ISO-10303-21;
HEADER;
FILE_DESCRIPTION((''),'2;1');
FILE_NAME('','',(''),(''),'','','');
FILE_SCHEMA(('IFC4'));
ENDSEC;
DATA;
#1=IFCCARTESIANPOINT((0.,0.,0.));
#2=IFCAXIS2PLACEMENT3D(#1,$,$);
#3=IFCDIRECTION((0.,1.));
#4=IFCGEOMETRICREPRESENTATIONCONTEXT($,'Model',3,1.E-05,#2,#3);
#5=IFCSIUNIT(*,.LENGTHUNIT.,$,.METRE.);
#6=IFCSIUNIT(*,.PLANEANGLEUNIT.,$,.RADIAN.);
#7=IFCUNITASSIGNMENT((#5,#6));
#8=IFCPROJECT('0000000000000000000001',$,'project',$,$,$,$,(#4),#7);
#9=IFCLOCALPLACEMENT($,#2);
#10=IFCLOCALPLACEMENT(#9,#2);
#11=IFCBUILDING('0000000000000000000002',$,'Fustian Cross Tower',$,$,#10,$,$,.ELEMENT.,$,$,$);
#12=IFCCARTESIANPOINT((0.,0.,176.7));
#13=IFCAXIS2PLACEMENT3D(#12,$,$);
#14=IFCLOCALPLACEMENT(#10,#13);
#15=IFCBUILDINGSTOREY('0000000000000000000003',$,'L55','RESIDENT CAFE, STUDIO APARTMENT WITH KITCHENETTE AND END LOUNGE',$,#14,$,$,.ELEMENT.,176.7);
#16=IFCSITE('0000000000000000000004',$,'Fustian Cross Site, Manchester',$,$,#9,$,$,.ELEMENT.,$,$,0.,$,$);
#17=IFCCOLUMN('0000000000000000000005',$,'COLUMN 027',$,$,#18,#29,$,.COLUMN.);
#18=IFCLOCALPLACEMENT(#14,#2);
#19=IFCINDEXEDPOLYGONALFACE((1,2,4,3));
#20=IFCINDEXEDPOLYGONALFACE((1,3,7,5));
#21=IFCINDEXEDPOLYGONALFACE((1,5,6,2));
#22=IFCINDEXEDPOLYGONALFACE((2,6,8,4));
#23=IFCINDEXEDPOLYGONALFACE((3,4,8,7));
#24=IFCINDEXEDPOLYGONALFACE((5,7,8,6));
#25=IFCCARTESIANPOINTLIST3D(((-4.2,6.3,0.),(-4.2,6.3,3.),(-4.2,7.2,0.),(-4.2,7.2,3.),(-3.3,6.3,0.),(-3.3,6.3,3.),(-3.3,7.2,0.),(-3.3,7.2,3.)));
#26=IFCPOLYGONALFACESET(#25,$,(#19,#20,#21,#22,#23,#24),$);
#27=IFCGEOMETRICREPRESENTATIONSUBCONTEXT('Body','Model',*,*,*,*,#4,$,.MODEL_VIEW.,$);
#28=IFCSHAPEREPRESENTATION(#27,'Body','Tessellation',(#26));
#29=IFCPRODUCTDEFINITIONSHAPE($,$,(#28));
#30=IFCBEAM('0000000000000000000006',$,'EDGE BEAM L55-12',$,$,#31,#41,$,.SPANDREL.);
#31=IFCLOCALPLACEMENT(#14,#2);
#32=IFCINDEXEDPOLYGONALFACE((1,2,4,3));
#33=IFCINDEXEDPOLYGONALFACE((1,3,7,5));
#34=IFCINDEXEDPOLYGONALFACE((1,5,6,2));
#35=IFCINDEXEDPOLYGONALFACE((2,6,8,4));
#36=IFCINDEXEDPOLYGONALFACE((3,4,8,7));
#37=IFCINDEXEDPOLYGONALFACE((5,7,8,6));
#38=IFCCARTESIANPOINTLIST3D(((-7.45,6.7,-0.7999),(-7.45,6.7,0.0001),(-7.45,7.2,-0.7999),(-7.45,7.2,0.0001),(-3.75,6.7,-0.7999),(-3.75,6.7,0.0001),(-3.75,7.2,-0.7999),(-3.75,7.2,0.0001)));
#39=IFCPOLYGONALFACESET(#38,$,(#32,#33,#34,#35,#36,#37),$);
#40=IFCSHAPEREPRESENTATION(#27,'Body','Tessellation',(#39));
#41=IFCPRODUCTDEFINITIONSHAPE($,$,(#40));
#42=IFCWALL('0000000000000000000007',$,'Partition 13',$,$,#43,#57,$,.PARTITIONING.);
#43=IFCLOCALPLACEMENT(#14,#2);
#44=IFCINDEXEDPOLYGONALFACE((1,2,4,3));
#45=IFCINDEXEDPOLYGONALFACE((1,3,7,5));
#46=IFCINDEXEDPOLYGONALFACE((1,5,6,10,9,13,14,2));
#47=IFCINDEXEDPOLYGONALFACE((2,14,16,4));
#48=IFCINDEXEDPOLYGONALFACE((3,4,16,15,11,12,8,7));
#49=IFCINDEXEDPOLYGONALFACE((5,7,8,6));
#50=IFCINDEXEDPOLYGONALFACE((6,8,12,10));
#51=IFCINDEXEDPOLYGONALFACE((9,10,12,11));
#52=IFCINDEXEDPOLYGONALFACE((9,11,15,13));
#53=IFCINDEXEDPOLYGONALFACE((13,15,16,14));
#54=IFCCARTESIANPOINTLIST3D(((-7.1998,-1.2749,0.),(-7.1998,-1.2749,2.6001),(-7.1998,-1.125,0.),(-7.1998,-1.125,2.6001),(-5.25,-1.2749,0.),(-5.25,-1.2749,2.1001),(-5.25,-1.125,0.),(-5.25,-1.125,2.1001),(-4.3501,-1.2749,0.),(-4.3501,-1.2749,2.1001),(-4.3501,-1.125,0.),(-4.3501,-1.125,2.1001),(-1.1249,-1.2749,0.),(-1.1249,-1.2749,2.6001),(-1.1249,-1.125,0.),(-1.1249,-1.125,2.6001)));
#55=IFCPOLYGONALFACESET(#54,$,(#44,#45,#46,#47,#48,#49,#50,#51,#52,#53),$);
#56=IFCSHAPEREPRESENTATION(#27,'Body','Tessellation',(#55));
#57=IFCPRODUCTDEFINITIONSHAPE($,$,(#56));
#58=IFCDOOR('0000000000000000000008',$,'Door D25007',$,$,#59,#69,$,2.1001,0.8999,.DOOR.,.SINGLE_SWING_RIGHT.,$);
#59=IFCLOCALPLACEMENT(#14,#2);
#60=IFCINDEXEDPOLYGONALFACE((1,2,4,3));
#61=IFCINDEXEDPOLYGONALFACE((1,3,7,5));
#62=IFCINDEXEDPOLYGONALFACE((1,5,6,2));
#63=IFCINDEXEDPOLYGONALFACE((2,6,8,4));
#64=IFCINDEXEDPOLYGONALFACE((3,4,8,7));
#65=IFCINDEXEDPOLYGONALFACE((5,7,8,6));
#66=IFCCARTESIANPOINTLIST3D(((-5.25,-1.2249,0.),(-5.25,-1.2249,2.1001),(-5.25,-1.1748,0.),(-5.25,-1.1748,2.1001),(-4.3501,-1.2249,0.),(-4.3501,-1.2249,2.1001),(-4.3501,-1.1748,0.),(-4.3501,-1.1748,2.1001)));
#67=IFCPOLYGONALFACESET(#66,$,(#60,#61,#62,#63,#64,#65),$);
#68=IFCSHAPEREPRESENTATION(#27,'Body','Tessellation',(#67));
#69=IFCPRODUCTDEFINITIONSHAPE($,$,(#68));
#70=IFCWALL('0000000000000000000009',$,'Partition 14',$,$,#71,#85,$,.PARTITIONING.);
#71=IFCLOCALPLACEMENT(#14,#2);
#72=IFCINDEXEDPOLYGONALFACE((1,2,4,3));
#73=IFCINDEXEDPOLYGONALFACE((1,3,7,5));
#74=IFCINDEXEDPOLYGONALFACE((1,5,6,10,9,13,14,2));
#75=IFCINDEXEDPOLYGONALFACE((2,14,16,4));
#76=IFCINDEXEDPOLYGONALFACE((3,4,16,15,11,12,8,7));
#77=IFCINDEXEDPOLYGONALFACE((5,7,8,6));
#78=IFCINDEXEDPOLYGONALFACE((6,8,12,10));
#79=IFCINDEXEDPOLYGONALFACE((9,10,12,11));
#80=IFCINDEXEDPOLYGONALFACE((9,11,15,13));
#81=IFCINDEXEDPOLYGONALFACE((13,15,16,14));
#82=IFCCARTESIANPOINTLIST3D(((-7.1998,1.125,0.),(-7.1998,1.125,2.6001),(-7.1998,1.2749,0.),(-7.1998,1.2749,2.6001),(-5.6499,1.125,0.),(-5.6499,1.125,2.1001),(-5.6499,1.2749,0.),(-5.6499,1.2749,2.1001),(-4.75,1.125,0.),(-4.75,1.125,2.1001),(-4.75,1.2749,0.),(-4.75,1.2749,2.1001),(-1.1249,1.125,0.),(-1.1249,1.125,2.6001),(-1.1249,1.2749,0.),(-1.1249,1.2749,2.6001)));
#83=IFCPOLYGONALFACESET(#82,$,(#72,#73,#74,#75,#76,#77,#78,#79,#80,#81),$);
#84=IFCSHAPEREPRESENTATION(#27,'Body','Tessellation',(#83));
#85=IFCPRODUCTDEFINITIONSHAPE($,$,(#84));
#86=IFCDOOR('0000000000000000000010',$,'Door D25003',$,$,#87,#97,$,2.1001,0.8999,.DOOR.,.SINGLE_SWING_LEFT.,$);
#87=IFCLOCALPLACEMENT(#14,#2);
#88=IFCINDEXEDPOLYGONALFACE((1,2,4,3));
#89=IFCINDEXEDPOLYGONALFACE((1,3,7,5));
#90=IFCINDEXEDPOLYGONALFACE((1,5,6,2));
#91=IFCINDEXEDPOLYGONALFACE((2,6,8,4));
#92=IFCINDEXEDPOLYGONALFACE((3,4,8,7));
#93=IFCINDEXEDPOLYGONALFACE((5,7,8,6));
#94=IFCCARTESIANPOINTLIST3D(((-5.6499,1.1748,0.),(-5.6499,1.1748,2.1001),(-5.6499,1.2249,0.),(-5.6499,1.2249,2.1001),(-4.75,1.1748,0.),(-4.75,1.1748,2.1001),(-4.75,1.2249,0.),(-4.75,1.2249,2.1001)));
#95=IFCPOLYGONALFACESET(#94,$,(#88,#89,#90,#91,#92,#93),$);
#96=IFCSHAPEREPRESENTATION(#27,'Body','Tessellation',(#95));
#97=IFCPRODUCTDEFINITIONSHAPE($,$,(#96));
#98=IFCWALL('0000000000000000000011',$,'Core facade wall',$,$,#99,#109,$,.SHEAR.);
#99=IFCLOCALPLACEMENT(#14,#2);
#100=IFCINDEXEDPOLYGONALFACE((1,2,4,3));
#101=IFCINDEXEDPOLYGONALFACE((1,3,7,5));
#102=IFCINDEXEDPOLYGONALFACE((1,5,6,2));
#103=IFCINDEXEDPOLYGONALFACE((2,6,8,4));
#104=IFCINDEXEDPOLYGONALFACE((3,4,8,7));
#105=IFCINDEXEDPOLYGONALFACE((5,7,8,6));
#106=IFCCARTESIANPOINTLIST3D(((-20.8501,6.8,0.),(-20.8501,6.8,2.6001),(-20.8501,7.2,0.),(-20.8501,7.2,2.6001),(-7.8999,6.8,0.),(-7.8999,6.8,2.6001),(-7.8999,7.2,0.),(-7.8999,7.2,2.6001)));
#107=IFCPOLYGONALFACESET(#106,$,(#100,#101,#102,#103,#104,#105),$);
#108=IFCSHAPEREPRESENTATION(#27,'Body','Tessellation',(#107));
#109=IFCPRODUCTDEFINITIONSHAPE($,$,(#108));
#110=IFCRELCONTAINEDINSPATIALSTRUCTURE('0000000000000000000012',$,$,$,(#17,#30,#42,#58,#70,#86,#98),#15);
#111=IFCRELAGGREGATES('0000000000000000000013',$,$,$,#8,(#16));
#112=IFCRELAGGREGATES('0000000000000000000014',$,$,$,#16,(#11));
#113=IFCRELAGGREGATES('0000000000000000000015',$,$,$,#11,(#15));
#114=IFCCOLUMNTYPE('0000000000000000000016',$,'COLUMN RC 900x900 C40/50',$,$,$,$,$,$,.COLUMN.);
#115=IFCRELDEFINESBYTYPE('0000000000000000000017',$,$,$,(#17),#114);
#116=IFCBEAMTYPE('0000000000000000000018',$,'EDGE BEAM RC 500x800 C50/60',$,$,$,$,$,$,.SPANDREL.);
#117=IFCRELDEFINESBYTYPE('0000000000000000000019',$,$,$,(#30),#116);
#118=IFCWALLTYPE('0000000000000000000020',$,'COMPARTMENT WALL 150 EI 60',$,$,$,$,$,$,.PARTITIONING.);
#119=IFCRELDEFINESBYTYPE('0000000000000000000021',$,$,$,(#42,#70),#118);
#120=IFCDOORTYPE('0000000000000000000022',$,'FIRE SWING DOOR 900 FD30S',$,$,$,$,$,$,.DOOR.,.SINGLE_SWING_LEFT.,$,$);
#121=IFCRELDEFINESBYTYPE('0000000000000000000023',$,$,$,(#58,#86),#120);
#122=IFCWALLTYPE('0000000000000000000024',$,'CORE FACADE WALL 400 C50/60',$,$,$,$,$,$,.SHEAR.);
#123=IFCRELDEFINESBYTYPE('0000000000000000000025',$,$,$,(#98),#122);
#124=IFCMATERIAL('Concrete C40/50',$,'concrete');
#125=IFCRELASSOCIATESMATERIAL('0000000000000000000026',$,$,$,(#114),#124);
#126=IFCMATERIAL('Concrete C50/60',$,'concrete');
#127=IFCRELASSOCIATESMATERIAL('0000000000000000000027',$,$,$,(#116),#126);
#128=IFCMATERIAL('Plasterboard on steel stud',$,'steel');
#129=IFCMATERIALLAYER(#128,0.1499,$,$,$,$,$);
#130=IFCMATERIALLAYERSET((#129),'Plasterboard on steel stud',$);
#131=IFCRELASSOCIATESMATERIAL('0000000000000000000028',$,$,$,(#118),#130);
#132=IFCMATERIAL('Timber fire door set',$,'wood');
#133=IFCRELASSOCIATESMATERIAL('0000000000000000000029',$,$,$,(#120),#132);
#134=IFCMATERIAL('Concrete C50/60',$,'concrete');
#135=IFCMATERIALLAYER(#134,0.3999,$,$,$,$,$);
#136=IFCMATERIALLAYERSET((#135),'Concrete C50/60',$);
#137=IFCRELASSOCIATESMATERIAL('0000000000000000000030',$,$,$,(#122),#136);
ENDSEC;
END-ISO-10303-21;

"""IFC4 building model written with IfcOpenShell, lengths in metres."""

from ifc_helpers import new_model, si_unit, direction, frame, frame_2d, origin, origin_2d, place, context, subcontext, project, spatial, rectangle, extrude, material, layer, layer_set, material_profile, profile_set, type_object, element, fill, save


model = new_model("IFC4")

# Units and contexts
model_context = context("Model", 3, precision=1e-05, world=origin(), true_north=direction((0.0, 1.0)))
body_context = subcontext(model_context, "Body", "Model", "MODEL_VIEW")
ifc_project = project(units=[si_unit("LENGTHUNIT", "METRE"), si_unit("PLANEANGLEUNIT", "RADIAN")], contexts=[model_context])

# Site, building, storey
site_placement = place(None, origin())
site = spatial("IfcSite", under=ifc_project, at=site_placement, Name="Fustian Cross Site, Manchester", CompositionType="ELEMENT", RefElevation=0.0)
building_placement = place(site_placement, origin())
building = spatial("IfcBuilding", under=site, at=building_placement, Name="Fustian Cross Tower", CompositionType="ELEMENT")
storey_placement = place(building_placement, frame((0.0, 0.0, 176.7)))
storey = spatial("IfcBuildingStorey", under=building, at=storey_placement, Name="L55", Description="RESIDENT CAFE, STUDIO APARTMENT WITH KITCHENETTE AND END LOUNGE", CompositionType="ELEMENT", Elevation=176.7)

# Column
ifc_material_1 = material(Name="Concrete C40/50", Category="concrete")
ifc_material_profile_1 = material_profile(ifc_material_1, rectangle(XDim=0.8999, YDim=0.8999, at=origin_2d()), Name="RC 900x900")
ifc_profile_set_1 = profile_set([ifc_material_profile_1], Name="Concrete C40/50")
column_type = type_object("IfcColumnType", Name="COLUMN RC 900x900 C40/50", PredefinedType="COLUMN", material=ifc_profile_set_1)
column_placement = place(storey_placement, frame((-3.75, 6.75, 0.0), z_axis=(0.0, 0.0, 1.0), x_axis=(1.0, 0.0, 0.0)))
element("IfcColumn", 1, at=column_placement, inside=storey, type_object=column_type, Name="COLUMN 027", PredefinedType="COLUMN", context=body_context, shape_type="SweptSolid", body=[
    extrude(rectangle(XDim=0.8999, YDim=0.8999, at=origin_2d()), origin(), (0.0, 0.0, 1.0), 3.0),
])

# Beam
ifc_material_2 = material(Name="Concrete C50/60", Category="concrete")
ifc_material_profile_2 = material_profile(ifc_material_2, rectangle(XDim=0.5, YDim=0.8, at=origin_2d()), Name="RC 500x800")
ifc_profile_set_2 = profile_set([ifc_material_profile_2], Name="Concrete C50/60")
beam_type = type_object("IfcBeamType", Name="EDGE BEAM RC 500x800 C50/60", PredefinedType="SPANDREL", material=ifc_profile_set_2)
beam_placement = place(storey_placement, frame((-3.75, 6.95, -0.3999), z_axis=(-1.0, 0.0, 0.0), x_axis=(0.0, -1.0, 0.0)))
element("IfcBeam", 2, at=beam_placement, inside=storey, type_object=beam_type, Name="EDGE BEAM L55-12", PredefinedType="SPANDREL", context=body_context, shape_type="SweptSolid", body=[
    extrude(rectangle(XDim=0.5, YDim=0.8, at=origin_2d()), origin(), (0.0, 0.0, 1.0), 3.7),
])

# Walls, openings, doors
ifc_material_3 = material(Name="Plasterboard on steel stud", Category="steel")
ifc_layer_1 = layer(ifc_material_3, 0.1499)
ifc_layer_set_1 = layer_set([ifc_layer_1], Name="Plasterboard on steel stud")
wall_type_1 = type_object("IfcWallType", Name="COMPARTMENT WALL 150 EI 60", PredefinedType="PARTITIONING", material=ifc_layer_set_1)
wall_1_placement = place(storey_placement, frame((-7.2, -1.2, 0.0), z_axis=(0.0, 0.0, 1.0), x_axis=(1.0, 0.0, 0.0)))
wall_1 = element("IfcWall", 3, at=wall_1_placement, inside=storey, type_object=wall_type_1, Name="Partition 13", PredefinedType="PARTITIONING", context=body_context, shape_type="SweptSolid", body=[
    extrude(rectangle(XDim=6.075, YDim=0.1499, at=frame_2d((3.0376, 0.0))), origin(), (0.0, 0.0, 1.0), 2.6001),
])
opening_1_placement = place(wall_1_placement, frame((1.95, 0.0, 0.0)))
opening_1 = element("IfcOpeningElement", 4, at=opening_1_placement, cuts=wall_1, PredefinedType="OPENING", context=body_context, shape_type="SweptSolid", body=[
    extrude(rectangle(XDim=0.8999, YDim=2.1001, at=frame_2d((0.45, 1.05))), frame((0.0, 0.085, 0.0), z_axis=(0.0, -1.0, 0.0), x_axis=(1.0, 0.0, 0.0)), (0.0, 0.0, 1.0), 0.1699),
])
ifc_material_4 = material(Name="Timber fire door set", Category="wood")
door_type_1 = type_object("IfcDoorType", Name="FIRE SWING DOOR 900 FD30S", OperationType="SINGLE_SWING_LEFT", PredefinedType="DOOR", material=ifc_material_4)
door_1_placement = place(opening_1_placement, frame((0.8999, 0.0, 0.0), z_axis=(0.0, 0.0, 1.0), x_axis=(-1.0, 0.0, 0.0)))
door_1 = element("IfcDoor", 5, at=door_1_placement, inside=storey, type_object=door_type_1, Name="Door D25007", OperationType="SINGLE_SWING_RIGHT", OverallHeight=2.1001, OverallWidth=0.8999, PredefinedType="DOOR", context=body_context, shape_type="SweptSolid", body=[
    extrude(rectangle(XDim=0.8999, YDim=2.1001, at=frame_2d((0.45, 1.05))), frame((0.0, 0.0249, 0.0), z_axis=(0.0, -1.0, 0.0), x_axis=(1.0, 0.0, 0.0)), (0.0, 0.0, 1.0), 0.05),
])
fill(opening_1, door_1)
wall_2_placement = place(storey_placement, frame((-7.2, 1.2, 0.0), z_axis=(0.0, 0.0, 1.0), x_axis=(1.0, 0.0, 0.0)))
wall_2 = element("IfcWall", 6, at=wall_2_placement, inside=storey, type_object=wall_type_1, Name="Partition 14", PredefinedType="PARTITIONING", context=body_context, shape_type="SweptSolid", body=[
    extrude(rectangle(XDim=6.075, YDim=0.1499, at=frame_2d((3.0376, 0.0))), origin(), (0.0, 0.0, 1.0), 2.6001),
])
opening_2_placement = place(wall_2_placement, frame((1.55, 0.0, 0.0)))
opening_2 = element("IfcOpeningElement", 7, at=opening_2_placement, cuts=wall_2, PredefinedType="OPENING", context=body_context, shape_type="SweptSolid", body=[
    extrude(rectangle(XDim=0.8999, YDim=2.1001, at=frame_2d((0.45, 1.05))), frame((0.0, 0.085, 0.0), z_axis=(0.0, -1.0, 0.0), x_axis=(1.0, 0.0, 0.0)), (0.0, 0.0, 1.0), 0.1699),
])
door_2_placement = place(opening_2_placement, origin())
door_2 = element("IfcDoor", 8, at=door_2_placement, inside=storey, type_object=door_type_1, Name="Door D25003", OperationType="SINGLE_SWING_LEFT", OverallHeight=2.1001, OverallWidth=0.8999, PredefinedType="DOOR", context=body_context, shape_type="SweptSolid", body=[
    extrude(rectangle(XDim=0.8999, YDim=2.1001, at=frame_2d((0.45, 1.05))), frame((0.0, 0.0249, 0.0), z_axis=(0.0, -1.0, 0.0), x_axis=(1.0, 0.0, 0.0)), (0.0, 0.0, 1.0), 0.05),
])
fill(opening_2, door_2)

# Wall
ifc_material_5 = material(Name="Concrete C50/60", Category="concrete")
ifc_layer_2 = layer(ifc_material_5, 0.3999)
ifc_layer_set_2 = layer_set([ifc_layer_2], Name="Concrete C50/60")
wall_type_2 = type_object("IfcWallType", Name="CORE FACADE WALL 400 C50/60", PredefinedType="SHEAR", material=ifc_layer_set_2)
wall_3_placement = place(storey_placement, frame((-7.8999, 7.0, 0.0), z_axis=(0.0, 0.0, 1.0), x_axis=(-1.0, 0.0, 0.0)))
element("IfcWall", 9, at=wall_3_placement, inside=storey, type_object=wall_type_2, Name="Core facade wall", PredefinedType="SHEAR", context=body_context, shape_type="SweptSolid", body=[
    extrude(rectangle(XDim=12.9502, YDim=0.3999, at=frame_2d((6.4751, 0.0))), origin(), (0.0, 0.0, 1.0), 2.6001),
])

save(model, "model.ifc")
